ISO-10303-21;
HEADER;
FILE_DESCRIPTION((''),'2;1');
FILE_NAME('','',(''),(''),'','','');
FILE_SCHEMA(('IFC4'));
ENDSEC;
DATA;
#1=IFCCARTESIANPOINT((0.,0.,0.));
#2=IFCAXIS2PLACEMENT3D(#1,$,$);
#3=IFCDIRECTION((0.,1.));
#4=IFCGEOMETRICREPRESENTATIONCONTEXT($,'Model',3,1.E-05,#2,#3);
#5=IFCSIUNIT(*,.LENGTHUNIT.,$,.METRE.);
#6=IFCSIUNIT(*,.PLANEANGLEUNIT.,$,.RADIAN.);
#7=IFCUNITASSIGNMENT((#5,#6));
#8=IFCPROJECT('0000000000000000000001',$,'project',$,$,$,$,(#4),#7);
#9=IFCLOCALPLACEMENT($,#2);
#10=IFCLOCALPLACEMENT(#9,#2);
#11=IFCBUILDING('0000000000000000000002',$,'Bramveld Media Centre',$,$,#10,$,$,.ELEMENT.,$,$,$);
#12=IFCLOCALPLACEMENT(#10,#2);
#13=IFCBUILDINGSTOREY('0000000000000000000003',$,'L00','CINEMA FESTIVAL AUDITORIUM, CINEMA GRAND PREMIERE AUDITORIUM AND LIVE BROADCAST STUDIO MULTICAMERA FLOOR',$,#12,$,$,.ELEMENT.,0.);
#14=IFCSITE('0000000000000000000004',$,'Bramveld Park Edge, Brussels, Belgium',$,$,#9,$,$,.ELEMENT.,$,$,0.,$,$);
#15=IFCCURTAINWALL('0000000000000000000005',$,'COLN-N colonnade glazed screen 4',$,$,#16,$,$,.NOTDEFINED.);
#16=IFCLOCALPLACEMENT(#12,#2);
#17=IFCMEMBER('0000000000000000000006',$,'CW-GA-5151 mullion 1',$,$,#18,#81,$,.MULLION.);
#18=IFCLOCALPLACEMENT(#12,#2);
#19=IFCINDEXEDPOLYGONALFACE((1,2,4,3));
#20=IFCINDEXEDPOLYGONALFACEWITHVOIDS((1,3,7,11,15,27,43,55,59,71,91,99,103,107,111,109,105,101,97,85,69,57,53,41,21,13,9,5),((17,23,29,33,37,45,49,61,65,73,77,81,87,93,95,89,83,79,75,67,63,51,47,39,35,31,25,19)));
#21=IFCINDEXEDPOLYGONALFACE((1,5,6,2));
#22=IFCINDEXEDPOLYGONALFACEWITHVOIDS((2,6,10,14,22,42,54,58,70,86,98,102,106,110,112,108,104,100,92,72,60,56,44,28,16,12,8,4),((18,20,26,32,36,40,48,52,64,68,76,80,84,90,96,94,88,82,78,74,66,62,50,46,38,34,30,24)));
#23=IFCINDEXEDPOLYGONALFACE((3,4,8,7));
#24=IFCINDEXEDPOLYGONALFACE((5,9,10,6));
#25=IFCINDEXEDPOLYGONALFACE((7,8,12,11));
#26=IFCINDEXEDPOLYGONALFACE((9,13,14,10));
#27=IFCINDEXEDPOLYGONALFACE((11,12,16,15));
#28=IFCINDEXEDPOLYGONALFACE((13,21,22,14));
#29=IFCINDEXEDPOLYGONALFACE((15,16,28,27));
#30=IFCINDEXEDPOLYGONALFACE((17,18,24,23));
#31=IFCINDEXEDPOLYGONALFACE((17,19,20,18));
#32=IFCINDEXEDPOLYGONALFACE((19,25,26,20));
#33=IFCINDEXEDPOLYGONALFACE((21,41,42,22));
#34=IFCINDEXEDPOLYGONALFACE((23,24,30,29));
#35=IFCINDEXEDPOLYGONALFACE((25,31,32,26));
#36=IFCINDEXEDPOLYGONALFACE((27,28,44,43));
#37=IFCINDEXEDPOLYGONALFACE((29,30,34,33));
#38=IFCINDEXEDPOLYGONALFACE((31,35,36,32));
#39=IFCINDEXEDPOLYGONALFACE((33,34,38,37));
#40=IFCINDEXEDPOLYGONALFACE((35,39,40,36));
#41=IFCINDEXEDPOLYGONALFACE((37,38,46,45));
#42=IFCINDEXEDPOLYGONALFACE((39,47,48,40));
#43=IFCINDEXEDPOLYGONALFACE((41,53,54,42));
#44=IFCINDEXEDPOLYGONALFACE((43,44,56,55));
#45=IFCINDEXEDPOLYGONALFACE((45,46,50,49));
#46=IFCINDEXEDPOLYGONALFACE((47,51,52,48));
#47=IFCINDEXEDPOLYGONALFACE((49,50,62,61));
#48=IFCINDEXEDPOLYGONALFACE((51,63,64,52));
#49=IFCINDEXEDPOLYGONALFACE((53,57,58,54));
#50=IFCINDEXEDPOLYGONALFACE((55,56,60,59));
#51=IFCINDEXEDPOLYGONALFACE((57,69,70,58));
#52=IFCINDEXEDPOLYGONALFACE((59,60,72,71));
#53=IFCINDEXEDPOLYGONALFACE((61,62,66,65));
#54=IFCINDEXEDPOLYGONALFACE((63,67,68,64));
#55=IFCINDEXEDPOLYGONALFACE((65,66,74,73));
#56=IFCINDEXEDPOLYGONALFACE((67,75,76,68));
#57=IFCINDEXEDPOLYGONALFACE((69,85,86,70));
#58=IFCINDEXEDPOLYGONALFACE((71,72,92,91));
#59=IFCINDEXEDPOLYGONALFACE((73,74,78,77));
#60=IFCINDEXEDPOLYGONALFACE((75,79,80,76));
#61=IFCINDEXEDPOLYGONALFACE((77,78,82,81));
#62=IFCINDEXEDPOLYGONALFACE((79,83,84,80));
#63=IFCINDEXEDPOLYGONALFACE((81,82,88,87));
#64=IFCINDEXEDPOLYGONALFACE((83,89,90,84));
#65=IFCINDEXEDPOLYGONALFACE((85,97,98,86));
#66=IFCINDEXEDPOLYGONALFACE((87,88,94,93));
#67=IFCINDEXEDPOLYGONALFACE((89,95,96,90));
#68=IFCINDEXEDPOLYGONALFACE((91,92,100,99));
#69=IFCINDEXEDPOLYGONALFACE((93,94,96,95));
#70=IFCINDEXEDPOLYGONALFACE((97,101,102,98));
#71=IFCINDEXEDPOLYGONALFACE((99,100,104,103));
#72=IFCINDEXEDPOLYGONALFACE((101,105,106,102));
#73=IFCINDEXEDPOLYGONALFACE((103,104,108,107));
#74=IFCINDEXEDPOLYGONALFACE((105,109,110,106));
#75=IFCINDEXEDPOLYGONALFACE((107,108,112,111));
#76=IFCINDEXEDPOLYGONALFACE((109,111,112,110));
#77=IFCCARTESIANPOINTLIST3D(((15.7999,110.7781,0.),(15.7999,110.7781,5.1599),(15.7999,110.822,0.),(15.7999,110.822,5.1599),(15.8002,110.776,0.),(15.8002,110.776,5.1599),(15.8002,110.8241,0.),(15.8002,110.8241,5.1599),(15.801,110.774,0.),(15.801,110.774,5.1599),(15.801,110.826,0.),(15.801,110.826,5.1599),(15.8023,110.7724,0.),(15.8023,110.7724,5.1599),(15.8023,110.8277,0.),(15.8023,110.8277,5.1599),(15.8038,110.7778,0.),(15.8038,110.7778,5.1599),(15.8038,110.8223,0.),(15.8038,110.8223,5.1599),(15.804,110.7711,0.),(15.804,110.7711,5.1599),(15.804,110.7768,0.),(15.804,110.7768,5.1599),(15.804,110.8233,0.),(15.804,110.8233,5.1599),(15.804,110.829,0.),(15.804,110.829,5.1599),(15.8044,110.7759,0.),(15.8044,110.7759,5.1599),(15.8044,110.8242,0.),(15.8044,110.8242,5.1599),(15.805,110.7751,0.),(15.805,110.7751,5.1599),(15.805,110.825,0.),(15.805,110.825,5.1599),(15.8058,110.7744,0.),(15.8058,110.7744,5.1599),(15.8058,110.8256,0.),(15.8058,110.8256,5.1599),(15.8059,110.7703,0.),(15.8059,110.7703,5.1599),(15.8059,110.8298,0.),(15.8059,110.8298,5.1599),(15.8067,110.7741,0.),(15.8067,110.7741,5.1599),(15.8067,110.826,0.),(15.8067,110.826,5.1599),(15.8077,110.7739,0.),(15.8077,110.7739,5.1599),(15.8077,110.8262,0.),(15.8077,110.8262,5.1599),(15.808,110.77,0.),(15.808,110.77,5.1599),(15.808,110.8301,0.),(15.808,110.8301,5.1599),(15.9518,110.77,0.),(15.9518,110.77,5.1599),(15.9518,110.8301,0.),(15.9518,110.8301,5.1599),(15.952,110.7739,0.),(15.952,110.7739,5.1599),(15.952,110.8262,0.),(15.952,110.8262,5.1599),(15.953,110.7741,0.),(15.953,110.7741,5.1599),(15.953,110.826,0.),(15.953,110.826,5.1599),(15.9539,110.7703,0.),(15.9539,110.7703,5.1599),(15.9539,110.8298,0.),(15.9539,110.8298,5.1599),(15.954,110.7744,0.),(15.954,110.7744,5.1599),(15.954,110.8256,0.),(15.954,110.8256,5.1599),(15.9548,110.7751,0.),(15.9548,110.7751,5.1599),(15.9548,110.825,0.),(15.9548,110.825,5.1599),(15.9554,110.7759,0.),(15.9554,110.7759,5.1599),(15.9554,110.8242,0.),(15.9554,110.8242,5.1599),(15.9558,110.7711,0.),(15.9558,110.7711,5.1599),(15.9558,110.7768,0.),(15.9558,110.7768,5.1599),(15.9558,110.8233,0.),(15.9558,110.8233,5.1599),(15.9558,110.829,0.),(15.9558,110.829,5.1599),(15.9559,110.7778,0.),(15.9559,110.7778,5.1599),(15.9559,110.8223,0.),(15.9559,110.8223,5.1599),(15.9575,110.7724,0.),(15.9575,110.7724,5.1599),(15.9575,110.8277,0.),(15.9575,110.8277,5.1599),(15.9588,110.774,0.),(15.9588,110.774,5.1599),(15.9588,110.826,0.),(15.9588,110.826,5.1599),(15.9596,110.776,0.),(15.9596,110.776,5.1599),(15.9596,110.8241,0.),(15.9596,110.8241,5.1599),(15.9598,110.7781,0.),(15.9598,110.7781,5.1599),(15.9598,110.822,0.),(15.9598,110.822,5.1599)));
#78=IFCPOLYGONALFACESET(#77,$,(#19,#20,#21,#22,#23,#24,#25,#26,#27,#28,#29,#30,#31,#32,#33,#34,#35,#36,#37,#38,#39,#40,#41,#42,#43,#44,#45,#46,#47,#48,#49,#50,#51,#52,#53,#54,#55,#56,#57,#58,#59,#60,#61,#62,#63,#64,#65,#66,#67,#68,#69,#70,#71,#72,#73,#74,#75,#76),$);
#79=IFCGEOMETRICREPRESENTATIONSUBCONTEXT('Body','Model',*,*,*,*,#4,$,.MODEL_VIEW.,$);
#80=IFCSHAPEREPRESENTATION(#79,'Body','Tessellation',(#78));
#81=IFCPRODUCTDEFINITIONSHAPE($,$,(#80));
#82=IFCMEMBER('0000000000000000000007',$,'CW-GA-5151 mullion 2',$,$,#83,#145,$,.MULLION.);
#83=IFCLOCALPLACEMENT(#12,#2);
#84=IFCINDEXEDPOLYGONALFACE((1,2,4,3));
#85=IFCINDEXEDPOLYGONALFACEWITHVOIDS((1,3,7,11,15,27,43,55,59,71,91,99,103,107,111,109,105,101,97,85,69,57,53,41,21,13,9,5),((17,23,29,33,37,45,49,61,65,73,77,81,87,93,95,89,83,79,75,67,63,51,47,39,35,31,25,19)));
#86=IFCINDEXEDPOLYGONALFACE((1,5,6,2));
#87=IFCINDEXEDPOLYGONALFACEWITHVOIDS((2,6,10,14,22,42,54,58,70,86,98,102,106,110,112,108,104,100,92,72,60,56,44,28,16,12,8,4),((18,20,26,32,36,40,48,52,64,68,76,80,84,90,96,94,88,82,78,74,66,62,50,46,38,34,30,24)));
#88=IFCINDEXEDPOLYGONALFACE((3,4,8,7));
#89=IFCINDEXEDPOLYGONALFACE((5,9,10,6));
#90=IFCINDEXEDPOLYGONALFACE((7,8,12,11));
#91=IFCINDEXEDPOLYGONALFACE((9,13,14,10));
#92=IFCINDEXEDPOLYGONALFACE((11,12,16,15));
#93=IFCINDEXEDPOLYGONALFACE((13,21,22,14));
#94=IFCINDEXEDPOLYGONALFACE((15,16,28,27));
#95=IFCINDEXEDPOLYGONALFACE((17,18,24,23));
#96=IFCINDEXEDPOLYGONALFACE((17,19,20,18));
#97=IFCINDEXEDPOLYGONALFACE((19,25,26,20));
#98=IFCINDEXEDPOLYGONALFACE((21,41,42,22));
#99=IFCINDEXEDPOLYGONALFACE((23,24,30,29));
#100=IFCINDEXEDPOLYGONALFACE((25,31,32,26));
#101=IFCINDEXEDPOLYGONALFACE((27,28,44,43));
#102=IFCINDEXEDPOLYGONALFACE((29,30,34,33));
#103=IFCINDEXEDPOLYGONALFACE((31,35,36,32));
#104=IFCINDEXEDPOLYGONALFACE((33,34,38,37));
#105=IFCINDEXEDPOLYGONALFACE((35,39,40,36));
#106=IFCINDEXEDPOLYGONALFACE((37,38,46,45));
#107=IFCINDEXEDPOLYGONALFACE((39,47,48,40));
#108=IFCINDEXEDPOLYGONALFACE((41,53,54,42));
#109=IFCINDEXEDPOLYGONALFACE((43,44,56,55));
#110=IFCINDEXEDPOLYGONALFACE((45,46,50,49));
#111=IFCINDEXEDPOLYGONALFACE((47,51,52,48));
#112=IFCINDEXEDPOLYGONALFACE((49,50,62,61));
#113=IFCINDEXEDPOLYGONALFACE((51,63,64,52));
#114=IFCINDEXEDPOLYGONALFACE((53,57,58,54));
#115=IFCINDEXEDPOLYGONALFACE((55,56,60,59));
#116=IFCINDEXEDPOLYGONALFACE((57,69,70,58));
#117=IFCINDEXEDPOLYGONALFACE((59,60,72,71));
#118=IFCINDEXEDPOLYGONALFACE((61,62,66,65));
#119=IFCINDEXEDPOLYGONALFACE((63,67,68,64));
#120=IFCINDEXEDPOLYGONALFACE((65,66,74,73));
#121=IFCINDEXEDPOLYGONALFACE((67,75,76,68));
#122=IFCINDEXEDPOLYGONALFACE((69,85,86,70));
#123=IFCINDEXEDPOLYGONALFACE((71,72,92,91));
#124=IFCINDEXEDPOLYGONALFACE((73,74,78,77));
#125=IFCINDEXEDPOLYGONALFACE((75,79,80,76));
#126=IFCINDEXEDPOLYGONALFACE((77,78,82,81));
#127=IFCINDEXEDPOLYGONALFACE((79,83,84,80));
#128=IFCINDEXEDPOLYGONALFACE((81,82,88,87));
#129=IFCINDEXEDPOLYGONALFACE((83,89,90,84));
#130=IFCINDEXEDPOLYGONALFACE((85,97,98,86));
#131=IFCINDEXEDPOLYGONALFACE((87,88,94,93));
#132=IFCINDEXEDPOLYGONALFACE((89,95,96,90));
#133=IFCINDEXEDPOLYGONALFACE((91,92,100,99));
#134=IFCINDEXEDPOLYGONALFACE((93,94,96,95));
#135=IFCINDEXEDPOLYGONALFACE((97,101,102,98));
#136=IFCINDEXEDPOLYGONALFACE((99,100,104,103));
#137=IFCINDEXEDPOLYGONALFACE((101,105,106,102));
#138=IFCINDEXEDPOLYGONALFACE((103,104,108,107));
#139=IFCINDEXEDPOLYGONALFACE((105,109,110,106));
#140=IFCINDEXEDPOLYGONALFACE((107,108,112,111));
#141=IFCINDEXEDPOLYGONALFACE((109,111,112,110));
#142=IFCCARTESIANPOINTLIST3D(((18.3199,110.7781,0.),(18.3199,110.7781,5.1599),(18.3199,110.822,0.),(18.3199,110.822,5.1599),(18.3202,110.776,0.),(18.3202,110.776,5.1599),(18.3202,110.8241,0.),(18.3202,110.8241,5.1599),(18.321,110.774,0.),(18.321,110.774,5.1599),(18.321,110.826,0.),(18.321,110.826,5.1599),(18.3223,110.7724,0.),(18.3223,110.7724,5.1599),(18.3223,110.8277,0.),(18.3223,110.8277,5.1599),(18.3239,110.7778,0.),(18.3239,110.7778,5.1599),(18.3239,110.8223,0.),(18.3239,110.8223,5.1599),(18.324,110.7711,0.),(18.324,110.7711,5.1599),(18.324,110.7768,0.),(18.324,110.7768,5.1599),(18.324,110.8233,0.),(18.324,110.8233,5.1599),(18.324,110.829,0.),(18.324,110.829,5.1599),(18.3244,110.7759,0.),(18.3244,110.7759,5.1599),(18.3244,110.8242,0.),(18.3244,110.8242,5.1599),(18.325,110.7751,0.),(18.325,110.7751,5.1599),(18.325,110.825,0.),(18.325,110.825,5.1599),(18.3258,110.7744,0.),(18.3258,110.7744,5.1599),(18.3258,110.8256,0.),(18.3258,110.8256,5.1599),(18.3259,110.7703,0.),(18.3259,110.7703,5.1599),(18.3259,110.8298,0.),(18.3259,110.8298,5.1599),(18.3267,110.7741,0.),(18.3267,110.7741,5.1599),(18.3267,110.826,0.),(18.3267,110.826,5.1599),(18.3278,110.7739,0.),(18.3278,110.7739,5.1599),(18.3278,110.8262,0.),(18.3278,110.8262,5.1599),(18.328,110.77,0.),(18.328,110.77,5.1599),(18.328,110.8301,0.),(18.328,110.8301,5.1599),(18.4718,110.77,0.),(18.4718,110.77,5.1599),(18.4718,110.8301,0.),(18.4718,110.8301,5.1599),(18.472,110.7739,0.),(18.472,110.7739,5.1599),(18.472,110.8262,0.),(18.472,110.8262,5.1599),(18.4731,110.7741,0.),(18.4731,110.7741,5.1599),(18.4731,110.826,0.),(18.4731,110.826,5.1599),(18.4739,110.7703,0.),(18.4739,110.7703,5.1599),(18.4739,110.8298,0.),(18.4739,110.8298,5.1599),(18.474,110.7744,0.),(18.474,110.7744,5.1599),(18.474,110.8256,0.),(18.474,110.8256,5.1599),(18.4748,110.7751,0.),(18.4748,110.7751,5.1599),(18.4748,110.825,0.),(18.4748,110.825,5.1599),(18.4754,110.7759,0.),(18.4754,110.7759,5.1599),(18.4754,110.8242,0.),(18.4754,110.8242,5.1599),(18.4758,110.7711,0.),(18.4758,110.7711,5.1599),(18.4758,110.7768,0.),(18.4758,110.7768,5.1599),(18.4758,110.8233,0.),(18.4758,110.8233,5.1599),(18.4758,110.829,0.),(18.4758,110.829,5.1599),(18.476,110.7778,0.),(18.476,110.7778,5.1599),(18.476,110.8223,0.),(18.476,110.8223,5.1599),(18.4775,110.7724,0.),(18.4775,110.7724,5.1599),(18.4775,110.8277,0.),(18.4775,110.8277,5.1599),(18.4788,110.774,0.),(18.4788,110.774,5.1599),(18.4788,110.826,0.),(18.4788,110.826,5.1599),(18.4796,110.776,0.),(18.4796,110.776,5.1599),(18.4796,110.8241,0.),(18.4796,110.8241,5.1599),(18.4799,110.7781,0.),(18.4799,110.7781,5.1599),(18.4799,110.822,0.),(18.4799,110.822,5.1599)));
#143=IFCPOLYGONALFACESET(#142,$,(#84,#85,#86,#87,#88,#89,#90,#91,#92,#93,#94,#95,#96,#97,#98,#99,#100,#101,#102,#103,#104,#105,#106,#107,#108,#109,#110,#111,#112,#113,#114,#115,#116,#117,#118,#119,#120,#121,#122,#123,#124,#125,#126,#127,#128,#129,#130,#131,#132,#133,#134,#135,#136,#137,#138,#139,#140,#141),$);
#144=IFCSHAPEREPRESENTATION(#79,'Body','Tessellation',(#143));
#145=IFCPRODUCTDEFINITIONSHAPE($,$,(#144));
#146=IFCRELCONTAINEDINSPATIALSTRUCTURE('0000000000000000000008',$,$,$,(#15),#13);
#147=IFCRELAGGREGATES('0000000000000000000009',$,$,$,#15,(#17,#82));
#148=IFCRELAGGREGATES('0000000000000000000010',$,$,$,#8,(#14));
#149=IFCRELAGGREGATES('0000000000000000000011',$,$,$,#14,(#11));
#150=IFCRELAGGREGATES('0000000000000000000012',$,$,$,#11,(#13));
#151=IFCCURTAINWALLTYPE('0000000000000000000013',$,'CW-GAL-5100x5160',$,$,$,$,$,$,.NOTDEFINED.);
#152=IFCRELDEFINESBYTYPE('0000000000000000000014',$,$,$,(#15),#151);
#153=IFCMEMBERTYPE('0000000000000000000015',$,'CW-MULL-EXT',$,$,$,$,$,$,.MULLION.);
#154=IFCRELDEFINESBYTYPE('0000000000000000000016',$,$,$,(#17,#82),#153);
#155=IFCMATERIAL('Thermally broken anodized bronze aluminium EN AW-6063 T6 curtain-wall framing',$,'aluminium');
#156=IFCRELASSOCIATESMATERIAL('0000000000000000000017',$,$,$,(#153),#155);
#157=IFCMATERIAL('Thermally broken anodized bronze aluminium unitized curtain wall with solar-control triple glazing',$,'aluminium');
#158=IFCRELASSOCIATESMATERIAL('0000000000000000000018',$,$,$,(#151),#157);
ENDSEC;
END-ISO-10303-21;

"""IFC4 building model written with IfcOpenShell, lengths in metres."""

from ifc_helpers import new_model, si_unit, direction, frame, origin, origin_2d, place, context, subcontext, project, spatial, hollow_rectangle, extrude, material, material_profile, profile_set, type_object, element, aggregate, save


model = new_model("IFC4")

# Units and contexts
model_context = context("Model", 3, precision=1e-05, world=origin(), true_north=direction((0.0, 1.0)))
body_context = subcontext(model_context, "Body", "Model", "MODEL_VIEW")
ifc_project = project(units=[si_unit("LENGTHUNIT", "METRE"), si_unit("PLANEANGLEUNIT", "RADIAN")], contexts=[model_context])

# Site, building, storey
site_placement = place(None, origin())
site = spatial("IfcSite", under=ifc_project, at=site_placement, Name="Bramveld Park Edge, Brussels, Belgium", CompositionType="ELEMENT", RefElevation=0.0)
building_placement = place(site_placement, origin())
building = spatial("IfcBuilding", under=site, at=building_placement, Name="Bramveld Media Centre", CompositionType="ELEMENT")
storey_placement = place(building_placement, origin())
storey = spatial("IfcBuildingStorey", under=building, at=storey_placement, Name="L00", Description="CINEMA FESTIVAL AUDITORIUM, CINEMA GRAND PREMIERE AUDITORIUM AND LIVE BROADCAST STUDIO MULTICAMERA FLOOR", CompositionType="ELEMENT", Elevation=0.0)

# Curtain wall, members
ifc_material_1 = material(Name="Thermally broken anodized bronze aluminium EN AW-6063 T6 curtain-wall framing", Category="aluminium")
ifc_material_profile_1 = material_profile(ifc_material_1, hollow_rectangle(XDim=0.0601, YDim=0.1599, WallThickness=0.0039, InnerFilletRadius=0.0039, OuterFilletRadius=0.0081, at=origin_2d()), Name="AL-MULL 60x160")
ifc_profile_set_1 = profile_set([ifc_material_profile_1], Name="Thermally broken anodized bronze aluminium EN AW-6063 T6 curtain-wall framing")
member_type_1 = type_object("IfcMemberType", Name="CW-MULL-EXT", PredefinedType="MULLION", material=ifc_profile_set_1)
ifc_material_2 = material(Name="Thermally broken anodized bronze aluminium unitized curtain wall with solar-control triple glazing", Category="aluminium")
curtain_wall_type_1 = type_object("IfcCurtainWallType", Name="CW-GAL-5100x5160", PredefinedType="NOTDEFINED", material=ifc_material_2)
curtain_wall_1_placement = place(storey_placement, origin())
curtain_wall_1 = element("IfcCurtainWall", 1, at=curtain_wall_1_placement, inside=storey, type_object=curtain_wall_type_1, Name="COLN-N colonnade glazed screen 4", PredefinedType="NOTDEFINED")
member_1_placement = place(storey_placement, frame((15.8799, 110.8, 0.0), z_axis=(0.0, 0.0, 1.0), x_axis=(0.0, 1.0, 0.0)))
member_1 = element("IfcMember", 2, at=member_1_placement, type_object=member_type_1, Name="CW-GA-5151 mullion 1", PredefinedType="MULLION", context=body_context, shape_type="SweptSolid", body=[
    extrude(hollow_rectangle(XDim=0.0601, YDim=0.1599, WallThickness=0.0039, InnerFilletRadius=0.0039, OuterFilletRadius=0.0081, at=origin_2d()), origin(), (0.0, 0.0, 1.0), 5.1599),
])
member_2_placement = place(storey_placement, frame((18.3999, 110.8, 0.0), z_axis=(0.0, 0.0, 1.0), x_axis=(0.0, 1.0, 0.0)))
member_2 = element("IfcMember", 3, at=member_2_placement, type_object=member_type_1, Name="CW-GA-5151 mullion 2", PredefinedType="MULLION", context=body_context, shape_type="SweptSolid", body=[
    extrude(hollow_rectangle(XDim=0.0601, YDim=0.1599, WallThickness=0.0039, InnerFilletRadius=0.0039, OuterFilletRadius=0.0081, at=origin_2d()), origin(), (0.0, 0.0, 1.0), 5.1599),
])

aggregate(curtain_wall_1, [member_1, member_2])

save(model, "model.ifc")
